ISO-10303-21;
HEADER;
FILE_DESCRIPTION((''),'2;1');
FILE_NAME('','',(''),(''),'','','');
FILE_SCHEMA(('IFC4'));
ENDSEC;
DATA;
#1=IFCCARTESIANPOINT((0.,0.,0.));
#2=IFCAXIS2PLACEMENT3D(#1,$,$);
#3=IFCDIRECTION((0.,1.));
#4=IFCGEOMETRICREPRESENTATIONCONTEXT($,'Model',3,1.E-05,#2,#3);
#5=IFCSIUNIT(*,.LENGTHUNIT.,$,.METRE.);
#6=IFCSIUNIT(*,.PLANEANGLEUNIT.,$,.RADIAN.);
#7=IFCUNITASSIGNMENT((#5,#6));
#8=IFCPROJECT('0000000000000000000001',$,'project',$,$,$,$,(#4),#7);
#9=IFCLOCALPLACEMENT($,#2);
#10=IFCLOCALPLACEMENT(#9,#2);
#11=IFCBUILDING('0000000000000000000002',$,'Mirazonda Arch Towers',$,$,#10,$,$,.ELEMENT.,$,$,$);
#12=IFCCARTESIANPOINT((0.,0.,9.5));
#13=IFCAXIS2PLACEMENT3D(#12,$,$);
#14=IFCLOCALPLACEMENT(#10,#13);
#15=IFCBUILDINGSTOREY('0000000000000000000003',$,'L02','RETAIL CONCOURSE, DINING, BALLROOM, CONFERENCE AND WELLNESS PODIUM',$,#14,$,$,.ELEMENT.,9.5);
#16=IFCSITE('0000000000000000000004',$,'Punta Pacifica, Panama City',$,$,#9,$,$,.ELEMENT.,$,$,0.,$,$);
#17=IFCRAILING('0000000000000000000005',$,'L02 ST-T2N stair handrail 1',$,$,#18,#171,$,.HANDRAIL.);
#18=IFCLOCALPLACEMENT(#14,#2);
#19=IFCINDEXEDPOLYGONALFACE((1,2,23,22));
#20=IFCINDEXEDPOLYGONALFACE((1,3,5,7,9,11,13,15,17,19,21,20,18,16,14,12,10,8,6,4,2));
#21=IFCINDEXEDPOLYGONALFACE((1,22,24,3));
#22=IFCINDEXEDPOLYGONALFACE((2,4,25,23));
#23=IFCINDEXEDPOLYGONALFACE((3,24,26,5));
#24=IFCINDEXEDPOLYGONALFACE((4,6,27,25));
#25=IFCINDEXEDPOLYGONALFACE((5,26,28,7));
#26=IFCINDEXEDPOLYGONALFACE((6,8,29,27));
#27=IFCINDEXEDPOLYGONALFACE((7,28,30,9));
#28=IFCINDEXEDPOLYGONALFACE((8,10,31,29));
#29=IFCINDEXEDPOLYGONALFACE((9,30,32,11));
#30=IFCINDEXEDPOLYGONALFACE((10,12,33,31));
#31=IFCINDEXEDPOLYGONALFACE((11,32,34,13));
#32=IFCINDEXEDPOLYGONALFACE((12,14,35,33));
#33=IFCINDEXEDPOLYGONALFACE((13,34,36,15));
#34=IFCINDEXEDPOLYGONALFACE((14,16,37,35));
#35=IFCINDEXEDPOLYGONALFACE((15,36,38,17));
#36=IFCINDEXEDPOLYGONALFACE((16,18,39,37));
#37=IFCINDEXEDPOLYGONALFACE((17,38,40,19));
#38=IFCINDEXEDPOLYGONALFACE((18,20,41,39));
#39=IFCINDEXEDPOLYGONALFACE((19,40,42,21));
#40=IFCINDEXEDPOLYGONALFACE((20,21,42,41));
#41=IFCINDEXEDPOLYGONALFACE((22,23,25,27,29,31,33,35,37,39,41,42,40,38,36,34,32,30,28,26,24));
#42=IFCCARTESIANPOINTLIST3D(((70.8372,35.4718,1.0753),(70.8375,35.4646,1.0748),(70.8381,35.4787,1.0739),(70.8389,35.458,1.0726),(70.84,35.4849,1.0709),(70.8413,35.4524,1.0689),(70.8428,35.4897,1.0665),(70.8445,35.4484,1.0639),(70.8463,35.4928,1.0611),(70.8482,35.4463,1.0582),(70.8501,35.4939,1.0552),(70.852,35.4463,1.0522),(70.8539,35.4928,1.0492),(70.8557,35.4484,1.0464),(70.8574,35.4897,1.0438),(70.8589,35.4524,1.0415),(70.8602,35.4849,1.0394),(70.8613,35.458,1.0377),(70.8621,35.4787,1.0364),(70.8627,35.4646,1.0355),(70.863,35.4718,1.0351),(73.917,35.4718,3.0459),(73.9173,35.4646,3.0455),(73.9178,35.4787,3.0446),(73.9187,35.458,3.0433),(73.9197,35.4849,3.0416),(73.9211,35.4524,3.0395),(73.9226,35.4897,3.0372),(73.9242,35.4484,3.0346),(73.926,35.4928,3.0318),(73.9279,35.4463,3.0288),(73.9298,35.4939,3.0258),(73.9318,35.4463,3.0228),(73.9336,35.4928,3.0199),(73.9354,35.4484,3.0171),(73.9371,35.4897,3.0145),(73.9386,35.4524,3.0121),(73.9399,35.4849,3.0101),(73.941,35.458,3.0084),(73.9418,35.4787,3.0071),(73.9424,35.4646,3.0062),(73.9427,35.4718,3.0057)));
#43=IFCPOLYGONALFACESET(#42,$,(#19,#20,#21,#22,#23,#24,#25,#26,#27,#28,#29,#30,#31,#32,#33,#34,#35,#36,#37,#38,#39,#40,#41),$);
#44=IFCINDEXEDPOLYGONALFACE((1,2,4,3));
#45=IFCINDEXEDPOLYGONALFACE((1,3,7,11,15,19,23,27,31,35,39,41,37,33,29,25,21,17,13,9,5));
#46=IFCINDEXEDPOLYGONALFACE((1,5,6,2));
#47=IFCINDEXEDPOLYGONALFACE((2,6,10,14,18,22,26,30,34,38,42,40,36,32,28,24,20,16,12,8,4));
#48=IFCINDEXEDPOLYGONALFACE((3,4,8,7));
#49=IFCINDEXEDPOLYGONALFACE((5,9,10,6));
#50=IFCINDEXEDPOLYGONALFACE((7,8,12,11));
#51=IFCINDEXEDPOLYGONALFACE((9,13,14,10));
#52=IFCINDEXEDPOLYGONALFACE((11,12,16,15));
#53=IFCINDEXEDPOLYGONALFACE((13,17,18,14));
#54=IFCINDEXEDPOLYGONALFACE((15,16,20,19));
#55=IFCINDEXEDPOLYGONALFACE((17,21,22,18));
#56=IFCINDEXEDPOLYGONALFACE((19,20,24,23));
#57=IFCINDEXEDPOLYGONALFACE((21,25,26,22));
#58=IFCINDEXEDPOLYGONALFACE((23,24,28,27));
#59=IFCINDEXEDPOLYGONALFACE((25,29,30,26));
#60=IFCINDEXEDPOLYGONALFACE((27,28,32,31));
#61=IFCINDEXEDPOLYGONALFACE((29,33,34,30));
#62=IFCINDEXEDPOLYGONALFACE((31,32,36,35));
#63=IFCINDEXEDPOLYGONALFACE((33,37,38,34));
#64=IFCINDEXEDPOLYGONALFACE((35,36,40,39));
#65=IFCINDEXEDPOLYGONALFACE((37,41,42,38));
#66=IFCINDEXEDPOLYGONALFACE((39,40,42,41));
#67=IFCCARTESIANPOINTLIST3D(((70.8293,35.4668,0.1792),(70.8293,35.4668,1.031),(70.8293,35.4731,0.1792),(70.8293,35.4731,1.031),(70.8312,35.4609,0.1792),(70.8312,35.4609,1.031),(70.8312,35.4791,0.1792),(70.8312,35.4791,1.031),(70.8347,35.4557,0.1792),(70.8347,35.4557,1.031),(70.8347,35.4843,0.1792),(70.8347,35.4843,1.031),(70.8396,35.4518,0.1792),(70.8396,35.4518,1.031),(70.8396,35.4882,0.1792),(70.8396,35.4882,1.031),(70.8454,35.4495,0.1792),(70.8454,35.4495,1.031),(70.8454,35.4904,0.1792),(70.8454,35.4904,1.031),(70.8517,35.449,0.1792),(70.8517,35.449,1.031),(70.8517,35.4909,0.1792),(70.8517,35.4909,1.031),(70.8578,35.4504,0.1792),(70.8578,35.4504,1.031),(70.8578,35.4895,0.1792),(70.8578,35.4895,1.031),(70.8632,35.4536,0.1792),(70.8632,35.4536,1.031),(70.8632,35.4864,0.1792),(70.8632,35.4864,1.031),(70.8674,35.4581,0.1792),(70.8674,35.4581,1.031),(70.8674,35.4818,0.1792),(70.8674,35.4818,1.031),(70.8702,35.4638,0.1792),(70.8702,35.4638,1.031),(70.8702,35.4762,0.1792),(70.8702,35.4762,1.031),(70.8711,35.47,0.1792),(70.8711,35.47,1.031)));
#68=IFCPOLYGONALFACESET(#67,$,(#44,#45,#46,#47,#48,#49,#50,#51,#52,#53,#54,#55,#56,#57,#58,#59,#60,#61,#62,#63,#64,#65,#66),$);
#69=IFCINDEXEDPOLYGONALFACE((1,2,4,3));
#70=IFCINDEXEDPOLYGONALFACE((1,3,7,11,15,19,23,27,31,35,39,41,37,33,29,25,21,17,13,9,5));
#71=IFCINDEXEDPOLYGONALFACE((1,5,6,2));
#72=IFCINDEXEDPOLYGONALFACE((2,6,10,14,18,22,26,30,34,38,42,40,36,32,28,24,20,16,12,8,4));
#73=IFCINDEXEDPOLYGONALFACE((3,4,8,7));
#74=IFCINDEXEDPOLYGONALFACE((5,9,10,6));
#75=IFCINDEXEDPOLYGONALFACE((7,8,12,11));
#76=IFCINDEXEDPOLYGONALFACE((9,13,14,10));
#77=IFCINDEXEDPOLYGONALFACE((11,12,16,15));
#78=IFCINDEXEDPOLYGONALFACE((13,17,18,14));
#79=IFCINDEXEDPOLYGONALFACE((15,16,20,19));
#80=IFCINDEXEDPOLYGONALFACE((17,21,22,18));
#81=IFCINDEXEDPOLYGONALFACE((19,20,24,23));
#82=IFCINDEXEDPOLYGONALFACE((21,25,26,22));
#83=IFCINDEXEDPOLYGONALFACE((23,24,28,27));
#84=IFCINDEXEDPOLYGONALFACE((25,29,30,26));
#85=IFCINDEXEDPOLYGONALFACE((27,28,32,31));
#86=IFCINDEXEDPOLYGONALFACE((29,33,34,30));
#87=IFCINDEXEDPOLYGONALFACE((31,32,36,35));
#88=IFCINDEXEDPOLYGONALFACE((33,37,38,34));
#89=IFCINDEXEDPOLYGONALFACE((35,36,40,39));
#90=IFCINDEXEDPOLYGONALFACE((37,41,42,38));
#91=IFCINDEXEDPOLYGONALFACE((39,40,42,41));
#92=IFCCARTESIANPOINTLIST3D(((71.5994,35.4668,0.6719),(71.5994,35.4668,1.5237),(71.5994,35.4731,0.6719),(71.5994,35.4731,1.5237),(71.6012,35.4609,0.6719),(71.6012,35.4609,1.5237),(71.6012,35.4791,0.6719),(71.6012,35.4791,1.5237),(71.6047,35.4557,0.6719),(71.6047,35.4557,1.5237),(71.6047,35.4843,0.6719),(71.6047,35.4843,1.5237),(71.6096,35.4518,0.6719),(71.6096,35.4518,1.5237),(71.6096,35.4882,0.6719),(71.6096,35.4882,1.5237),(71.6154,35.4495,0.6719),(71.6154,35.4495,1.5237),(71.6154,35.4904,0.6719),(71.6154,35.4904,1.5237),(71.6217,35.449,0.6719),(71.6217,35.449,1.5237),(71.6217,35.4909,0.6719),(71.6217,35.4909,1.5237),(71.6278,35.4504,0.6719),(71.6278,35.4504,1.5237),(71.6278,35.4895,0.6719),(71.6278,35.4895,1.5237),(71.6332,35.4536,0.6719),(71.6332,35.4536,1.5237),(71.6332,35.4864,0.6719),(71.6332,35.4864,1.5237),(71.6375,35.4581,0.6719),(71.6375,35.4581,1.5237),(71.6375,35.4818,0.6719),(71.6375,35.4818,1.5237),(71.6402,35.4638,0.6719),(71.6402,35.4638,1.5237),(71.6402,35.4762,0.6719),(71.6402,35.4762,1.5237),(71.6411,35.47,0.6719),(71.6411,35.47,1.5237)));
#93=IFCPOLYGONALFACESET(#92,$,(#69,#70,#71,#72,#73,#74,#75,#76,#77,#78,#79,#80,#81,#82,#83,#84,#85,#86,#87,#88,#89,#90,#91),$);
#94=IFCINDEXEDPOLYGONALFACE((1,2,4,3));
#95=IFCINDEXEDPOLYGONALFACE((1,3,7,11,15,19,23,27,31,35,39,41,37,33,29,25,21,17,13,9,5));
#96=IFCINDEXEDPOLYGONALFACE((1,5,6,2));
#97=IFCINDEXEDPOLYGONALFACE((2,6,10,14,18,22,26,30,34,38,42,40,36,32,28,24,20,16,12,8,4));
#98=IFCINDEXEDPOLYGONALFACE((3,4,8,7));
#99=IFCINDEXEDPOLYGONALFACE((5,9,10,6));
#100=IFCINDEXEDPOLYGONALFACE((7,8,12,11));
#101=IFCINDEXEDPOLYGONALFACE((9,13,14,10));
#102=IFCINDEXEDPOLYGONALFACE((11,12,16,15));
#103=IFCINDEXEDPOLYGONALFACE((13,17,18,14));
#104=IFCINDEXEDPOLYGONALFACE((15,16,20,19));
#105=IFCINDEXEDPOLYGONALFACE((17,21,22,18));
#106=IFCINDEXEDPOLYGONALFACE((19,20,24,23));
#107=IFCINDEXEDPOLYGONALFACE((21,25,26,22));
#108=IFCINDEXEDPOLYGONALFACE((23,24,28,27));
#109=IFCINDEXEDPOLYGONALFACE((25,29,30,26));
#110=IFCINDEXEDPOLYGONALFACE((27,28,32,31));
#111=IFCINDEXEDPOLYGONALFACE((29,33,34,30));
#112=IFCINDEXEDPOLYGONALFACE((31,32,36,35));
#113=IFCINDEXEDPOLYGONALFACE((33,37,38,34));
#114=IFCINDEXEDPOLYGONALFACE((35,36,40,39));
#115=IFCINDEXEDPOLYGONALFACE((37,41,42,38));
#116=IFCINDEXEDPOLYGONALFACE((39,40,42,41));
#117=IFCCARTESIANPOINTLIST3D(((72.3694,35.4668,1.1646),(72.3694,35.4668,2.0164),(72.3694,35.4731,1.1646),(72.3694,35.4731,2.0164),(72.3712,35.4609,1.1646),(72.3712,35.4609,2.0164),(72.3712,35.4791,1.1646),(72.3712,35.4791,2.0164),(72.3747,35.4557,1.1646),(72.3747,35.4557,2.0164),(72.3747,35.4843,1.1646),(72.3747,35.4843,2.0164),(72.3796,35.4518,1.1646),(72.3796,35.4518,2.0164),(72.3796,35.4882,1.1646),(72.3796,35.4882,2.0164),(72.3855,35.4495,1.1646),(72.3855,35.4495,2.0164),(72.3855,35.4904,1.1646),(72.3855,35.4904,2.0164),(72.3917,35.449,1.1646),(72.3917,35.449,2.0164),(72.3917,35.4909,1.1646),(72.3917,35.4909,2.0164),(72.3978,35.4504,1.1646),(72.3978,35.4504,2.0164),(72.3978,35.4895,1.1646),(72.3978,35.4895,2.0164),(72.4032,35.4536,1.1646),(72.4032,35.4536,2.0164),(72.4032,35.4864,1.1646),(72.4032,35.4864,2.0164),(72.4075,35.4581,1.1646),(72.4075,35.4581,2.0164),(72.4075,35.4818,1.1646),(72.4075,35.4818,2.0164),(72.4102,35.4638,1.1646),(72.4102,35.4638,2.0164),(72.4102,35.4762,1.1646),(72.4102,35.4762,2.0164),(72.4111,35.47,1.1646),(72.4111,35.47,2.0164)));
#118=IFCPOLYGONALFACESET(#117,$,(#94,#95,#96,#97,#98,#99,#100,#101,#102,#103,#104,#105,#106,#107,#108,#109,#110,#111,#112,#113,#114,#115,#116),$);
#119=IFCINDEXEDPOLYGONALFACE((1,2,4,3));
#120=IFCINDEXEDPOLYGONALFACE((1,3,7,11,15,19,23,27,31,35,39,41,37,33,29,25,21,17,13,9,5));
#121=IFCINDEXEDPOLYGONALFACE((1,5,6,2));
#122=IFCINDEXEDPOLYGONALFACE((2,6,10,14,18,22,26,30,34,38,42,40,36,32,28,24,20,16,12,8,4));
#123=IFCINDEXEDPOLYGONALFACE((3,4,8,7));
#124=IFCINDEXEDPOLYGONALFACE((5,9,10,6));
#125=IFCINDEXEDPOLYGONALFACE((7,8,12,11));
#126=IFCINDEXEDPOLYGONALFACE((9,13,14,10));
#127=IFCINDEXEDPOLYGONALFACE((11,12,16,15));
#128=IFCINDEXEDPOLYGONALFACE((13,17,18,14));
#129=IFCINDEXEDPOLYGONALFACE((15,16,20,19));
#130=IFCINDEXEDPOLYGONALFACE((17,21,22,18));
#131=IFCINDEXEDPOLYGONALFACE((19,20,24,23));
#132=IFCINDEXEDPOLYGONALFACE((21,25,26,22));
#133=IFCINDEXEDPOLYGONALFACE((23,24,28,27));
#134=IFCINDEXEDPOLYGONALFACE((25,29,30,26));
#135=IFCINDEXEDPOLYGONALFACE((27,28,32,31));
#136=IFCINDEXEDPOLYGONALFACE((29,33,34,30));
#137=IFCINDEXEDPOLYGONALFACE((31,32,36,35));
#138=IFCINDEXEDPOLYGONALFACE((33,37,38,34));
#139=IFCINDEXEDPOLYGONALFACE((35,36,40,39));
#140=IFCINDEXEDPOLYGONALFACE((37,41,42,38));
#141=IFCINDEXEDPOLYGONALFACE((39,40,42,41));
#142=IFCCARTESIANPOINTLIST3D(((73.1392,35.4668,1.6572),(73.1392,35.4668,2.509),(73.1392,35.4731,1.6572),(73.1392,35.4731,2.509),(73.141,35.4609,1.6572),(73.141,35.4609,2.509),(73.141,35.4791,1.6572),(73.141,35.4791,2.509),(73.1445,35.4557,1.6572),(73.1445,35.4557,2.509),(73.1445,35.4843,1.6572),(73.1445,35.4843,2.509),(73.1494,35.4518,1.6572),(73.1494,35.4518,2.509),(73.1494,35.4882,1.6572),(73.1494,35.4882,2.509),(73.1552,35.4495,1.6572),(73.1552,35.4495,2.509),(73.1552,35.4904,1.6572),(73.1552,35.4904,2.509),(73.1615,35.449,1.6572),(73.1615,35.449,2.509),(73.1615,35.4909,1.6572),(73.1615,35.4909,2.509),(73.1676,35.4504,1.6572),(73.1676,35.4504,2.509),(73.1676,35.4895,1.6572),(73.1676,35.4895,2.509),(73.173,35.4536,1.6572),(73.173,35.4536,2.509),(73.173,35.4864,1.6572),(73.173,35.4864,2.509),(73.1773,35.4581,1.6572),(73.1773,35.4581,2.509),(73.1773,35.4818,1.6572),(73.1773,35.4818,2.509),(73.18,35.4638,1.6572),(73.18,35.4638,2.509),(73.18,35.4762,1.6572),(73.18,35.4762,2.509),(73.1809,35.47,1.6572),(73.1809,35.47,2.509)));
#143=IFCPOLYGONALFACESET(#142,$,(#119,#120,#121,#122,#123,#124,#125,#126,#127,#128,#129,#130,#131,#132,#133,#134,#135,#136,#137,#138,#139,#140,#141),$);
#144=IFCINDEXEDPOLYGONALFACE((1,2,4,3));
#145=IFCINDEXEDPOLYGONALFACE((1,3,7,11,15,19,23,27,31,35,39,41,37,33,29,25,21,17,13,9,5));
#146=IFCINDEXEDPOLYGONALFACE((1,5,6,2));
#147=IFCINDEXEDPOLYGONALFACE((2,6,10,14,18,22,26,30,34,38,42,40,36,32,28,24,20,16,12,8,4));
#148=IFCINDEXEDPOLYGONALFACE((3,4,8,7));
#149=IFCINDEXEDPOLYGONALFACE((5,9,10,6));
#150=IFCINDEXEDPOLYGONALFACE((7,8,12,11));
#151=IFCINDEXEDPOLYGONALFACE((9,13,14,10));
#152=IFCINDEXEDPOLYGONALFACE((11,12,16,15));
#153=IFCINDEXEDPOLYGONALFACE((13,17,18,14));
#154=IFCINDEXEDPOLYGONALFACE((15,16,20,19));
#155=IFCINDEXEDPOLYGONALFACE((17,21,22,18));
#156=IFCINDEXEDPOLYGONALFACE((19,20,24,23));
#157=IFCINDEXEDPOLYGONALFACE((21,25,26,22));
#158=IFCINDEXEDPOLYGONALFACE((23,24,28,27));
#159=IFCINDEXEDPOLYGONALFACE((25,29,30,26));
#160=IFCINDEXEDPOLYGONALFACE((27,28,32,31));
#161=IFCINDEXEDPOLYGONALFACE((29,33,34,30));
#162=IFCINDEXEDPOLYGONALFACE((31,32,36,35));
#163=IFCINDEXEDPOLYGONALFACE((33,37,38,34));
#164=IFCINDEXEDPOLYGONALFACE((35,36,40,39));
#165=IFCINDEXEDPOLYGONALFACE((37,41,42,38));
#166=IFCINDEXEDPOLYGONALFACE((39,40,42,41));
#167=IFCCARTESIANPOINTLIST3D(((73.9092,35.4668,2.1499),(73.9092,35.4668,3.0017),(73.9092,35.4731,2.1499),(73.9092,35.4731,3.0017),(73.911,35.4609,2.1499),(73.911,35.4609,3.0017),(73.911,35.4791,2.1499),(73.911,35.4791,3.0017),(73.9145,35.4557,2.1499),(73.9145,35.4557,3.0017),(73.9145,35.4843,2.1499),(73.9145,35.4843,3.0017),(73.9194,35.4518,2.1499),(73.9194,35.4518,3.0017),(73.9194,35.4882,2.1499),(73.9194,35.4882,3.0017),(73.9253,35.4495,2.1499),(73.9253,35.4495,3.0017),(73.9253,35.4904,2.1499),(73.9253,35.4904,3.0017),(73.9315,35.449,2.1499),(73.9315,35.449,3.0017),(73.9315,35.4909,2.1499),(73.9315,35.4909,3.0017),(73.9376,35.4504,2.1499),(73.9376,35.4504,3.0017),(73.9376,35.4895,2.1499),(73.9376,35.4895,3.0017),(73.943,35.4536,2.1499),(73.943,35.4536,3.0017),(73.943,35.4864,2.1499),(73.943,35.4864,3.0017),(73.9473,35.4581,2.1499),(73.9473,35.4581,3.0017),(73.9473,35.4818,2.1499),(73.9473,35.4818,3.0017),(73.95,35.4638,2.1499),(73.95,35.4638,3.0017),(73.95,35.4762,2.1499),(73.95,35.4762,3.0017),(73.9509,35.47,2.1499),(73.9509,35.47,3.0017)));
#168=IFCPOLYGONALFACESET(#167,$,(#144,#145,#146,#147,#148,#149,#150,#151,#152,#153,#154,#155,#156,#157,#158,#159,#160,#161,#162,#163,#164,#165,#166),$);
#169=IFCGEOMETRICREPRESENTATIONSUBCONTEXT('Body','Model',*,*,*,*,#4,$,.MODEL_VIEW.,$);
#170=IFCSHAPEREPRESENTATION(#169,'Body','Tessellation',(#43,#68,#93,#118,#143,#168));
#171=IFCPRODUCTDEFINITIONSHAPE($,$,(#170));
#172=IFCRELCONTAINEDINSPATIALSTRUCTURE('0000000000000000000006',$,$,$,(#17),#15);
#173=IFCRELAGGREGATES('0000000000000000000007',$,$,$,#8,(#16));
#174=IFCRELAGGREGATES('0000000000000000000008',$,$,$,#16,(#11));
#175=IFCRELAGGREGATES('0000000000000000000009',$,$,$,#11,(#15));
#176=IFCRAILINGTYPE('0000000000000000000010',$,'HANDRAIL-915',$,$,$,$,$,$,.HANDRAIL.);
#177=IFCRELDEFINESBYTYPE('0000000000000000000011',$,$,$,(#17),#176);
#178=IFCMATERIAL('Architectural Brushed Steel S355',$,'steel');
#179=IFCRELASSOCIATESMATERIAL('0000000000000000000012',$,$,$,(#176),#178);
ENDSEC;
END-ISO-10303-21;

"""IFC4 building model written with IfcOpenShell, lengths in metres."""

from ifc_helpers import new_model, si_unit, direction, frame, origin, origin_2d, place, context, subcontext, project, spatial, circle, extrude, material, type_object, element, save


model = new_model("IFC4")

# Units and contexts
model_context = context("Model", 3, precision=1e-05, world=origin(), true_north=direction((0.0, 1.0)))
body_context = subcontext(model_context, "Body", "Model", "MODEL_VIEW")
ifc_project = project(units=[si_unit("LENGTHUNIT", "METRE"), si_unit("PLANEANGLEUNIT", "RADIAN")], contexts=[model_context])

# Site, building, storey
site_placement = place(None, origin())
site = spatial("IfcSite", under=ifc_project, at=site_placement, Name="Punta Pacifica, Panama City", CompositionType="ELEMENT", RefElevation=0.0)
building_placement = place(site_placement, origin())
building = spatial("IfcBuilding", under=site, at=building_placement, Name="Mirazonda Arch Towers", CompositionType="ELEMENT")
storey_placement = place(building_placement, frame((0.0, 0.0, 9.5)))
storey = spatial("IfcBuildingStorey", under=building, at=storey_placement, Name="L02", Description="RETAIL CONCOURSE, DINING, BALLROOM, CONFERENCE AND WELLNESS PODIUM", CompositionType="ELEMENT", Elevation=9.5)

# Shared definitions
ifc_material_1 = material(Name="Architectural Brushed Steel S355", Category="steel")

# Railing
railing_type_1 = type_object("IfcRailingType", Name="HANDRAIL-915", PredefinedType="HANDRAIL", material=ifc_material_1)
railing_1_placement = place(storey_placement, frame((70.8501, 35.47, 0.1792)))
element("IfcRailing", 1, at=railing_1_placement, inside=storey, type_object=railing_type_1, Name="L02 ST-T2N stair handrail 1", PredefinedType="HANDRAIL", context=body_context, shape_type="SweptSolid", body=[
    extrude(circle(Radius=0.0239, at=origin_2d()), frame((0.0, 0.0, 0.876), z_axis=(0.84232, 0.0, 0.538978), x_axis=(0.0, 1.0, 0.0)), (0.0, 0.0, 1.0), 3.6562),
    extrude(circle(Radius=0.021, at=origin_2d()), origin(), (0.0, 0.0, 1.0), 0.8518),
    extrude(circle(Radius=0.021, at=origin_2d()), frame((0.77, 0.0, 0.4927)), (0.0, 0.0, 1.0), 0.8518),
    extrude(circle(Radius=0.021, at=origin_2d()), frame((1.54, 0.0, 0.9854)), (0.0, 0.0, 1.0), 0.8518),
    extrude(circle(Radius=0.021, at=origin_2d()), frame((2.3098, 0.0, 1.478)), (0.0, 0.0, 1.0), 0.8518),
    extrude(circle(Radius=0.021, at=origin_2d()), frame((3.0798, 0.0, 1.9707)), (0.0, 0.0, 1.0), 0.8518),
])

save(model, "model.ifc")
